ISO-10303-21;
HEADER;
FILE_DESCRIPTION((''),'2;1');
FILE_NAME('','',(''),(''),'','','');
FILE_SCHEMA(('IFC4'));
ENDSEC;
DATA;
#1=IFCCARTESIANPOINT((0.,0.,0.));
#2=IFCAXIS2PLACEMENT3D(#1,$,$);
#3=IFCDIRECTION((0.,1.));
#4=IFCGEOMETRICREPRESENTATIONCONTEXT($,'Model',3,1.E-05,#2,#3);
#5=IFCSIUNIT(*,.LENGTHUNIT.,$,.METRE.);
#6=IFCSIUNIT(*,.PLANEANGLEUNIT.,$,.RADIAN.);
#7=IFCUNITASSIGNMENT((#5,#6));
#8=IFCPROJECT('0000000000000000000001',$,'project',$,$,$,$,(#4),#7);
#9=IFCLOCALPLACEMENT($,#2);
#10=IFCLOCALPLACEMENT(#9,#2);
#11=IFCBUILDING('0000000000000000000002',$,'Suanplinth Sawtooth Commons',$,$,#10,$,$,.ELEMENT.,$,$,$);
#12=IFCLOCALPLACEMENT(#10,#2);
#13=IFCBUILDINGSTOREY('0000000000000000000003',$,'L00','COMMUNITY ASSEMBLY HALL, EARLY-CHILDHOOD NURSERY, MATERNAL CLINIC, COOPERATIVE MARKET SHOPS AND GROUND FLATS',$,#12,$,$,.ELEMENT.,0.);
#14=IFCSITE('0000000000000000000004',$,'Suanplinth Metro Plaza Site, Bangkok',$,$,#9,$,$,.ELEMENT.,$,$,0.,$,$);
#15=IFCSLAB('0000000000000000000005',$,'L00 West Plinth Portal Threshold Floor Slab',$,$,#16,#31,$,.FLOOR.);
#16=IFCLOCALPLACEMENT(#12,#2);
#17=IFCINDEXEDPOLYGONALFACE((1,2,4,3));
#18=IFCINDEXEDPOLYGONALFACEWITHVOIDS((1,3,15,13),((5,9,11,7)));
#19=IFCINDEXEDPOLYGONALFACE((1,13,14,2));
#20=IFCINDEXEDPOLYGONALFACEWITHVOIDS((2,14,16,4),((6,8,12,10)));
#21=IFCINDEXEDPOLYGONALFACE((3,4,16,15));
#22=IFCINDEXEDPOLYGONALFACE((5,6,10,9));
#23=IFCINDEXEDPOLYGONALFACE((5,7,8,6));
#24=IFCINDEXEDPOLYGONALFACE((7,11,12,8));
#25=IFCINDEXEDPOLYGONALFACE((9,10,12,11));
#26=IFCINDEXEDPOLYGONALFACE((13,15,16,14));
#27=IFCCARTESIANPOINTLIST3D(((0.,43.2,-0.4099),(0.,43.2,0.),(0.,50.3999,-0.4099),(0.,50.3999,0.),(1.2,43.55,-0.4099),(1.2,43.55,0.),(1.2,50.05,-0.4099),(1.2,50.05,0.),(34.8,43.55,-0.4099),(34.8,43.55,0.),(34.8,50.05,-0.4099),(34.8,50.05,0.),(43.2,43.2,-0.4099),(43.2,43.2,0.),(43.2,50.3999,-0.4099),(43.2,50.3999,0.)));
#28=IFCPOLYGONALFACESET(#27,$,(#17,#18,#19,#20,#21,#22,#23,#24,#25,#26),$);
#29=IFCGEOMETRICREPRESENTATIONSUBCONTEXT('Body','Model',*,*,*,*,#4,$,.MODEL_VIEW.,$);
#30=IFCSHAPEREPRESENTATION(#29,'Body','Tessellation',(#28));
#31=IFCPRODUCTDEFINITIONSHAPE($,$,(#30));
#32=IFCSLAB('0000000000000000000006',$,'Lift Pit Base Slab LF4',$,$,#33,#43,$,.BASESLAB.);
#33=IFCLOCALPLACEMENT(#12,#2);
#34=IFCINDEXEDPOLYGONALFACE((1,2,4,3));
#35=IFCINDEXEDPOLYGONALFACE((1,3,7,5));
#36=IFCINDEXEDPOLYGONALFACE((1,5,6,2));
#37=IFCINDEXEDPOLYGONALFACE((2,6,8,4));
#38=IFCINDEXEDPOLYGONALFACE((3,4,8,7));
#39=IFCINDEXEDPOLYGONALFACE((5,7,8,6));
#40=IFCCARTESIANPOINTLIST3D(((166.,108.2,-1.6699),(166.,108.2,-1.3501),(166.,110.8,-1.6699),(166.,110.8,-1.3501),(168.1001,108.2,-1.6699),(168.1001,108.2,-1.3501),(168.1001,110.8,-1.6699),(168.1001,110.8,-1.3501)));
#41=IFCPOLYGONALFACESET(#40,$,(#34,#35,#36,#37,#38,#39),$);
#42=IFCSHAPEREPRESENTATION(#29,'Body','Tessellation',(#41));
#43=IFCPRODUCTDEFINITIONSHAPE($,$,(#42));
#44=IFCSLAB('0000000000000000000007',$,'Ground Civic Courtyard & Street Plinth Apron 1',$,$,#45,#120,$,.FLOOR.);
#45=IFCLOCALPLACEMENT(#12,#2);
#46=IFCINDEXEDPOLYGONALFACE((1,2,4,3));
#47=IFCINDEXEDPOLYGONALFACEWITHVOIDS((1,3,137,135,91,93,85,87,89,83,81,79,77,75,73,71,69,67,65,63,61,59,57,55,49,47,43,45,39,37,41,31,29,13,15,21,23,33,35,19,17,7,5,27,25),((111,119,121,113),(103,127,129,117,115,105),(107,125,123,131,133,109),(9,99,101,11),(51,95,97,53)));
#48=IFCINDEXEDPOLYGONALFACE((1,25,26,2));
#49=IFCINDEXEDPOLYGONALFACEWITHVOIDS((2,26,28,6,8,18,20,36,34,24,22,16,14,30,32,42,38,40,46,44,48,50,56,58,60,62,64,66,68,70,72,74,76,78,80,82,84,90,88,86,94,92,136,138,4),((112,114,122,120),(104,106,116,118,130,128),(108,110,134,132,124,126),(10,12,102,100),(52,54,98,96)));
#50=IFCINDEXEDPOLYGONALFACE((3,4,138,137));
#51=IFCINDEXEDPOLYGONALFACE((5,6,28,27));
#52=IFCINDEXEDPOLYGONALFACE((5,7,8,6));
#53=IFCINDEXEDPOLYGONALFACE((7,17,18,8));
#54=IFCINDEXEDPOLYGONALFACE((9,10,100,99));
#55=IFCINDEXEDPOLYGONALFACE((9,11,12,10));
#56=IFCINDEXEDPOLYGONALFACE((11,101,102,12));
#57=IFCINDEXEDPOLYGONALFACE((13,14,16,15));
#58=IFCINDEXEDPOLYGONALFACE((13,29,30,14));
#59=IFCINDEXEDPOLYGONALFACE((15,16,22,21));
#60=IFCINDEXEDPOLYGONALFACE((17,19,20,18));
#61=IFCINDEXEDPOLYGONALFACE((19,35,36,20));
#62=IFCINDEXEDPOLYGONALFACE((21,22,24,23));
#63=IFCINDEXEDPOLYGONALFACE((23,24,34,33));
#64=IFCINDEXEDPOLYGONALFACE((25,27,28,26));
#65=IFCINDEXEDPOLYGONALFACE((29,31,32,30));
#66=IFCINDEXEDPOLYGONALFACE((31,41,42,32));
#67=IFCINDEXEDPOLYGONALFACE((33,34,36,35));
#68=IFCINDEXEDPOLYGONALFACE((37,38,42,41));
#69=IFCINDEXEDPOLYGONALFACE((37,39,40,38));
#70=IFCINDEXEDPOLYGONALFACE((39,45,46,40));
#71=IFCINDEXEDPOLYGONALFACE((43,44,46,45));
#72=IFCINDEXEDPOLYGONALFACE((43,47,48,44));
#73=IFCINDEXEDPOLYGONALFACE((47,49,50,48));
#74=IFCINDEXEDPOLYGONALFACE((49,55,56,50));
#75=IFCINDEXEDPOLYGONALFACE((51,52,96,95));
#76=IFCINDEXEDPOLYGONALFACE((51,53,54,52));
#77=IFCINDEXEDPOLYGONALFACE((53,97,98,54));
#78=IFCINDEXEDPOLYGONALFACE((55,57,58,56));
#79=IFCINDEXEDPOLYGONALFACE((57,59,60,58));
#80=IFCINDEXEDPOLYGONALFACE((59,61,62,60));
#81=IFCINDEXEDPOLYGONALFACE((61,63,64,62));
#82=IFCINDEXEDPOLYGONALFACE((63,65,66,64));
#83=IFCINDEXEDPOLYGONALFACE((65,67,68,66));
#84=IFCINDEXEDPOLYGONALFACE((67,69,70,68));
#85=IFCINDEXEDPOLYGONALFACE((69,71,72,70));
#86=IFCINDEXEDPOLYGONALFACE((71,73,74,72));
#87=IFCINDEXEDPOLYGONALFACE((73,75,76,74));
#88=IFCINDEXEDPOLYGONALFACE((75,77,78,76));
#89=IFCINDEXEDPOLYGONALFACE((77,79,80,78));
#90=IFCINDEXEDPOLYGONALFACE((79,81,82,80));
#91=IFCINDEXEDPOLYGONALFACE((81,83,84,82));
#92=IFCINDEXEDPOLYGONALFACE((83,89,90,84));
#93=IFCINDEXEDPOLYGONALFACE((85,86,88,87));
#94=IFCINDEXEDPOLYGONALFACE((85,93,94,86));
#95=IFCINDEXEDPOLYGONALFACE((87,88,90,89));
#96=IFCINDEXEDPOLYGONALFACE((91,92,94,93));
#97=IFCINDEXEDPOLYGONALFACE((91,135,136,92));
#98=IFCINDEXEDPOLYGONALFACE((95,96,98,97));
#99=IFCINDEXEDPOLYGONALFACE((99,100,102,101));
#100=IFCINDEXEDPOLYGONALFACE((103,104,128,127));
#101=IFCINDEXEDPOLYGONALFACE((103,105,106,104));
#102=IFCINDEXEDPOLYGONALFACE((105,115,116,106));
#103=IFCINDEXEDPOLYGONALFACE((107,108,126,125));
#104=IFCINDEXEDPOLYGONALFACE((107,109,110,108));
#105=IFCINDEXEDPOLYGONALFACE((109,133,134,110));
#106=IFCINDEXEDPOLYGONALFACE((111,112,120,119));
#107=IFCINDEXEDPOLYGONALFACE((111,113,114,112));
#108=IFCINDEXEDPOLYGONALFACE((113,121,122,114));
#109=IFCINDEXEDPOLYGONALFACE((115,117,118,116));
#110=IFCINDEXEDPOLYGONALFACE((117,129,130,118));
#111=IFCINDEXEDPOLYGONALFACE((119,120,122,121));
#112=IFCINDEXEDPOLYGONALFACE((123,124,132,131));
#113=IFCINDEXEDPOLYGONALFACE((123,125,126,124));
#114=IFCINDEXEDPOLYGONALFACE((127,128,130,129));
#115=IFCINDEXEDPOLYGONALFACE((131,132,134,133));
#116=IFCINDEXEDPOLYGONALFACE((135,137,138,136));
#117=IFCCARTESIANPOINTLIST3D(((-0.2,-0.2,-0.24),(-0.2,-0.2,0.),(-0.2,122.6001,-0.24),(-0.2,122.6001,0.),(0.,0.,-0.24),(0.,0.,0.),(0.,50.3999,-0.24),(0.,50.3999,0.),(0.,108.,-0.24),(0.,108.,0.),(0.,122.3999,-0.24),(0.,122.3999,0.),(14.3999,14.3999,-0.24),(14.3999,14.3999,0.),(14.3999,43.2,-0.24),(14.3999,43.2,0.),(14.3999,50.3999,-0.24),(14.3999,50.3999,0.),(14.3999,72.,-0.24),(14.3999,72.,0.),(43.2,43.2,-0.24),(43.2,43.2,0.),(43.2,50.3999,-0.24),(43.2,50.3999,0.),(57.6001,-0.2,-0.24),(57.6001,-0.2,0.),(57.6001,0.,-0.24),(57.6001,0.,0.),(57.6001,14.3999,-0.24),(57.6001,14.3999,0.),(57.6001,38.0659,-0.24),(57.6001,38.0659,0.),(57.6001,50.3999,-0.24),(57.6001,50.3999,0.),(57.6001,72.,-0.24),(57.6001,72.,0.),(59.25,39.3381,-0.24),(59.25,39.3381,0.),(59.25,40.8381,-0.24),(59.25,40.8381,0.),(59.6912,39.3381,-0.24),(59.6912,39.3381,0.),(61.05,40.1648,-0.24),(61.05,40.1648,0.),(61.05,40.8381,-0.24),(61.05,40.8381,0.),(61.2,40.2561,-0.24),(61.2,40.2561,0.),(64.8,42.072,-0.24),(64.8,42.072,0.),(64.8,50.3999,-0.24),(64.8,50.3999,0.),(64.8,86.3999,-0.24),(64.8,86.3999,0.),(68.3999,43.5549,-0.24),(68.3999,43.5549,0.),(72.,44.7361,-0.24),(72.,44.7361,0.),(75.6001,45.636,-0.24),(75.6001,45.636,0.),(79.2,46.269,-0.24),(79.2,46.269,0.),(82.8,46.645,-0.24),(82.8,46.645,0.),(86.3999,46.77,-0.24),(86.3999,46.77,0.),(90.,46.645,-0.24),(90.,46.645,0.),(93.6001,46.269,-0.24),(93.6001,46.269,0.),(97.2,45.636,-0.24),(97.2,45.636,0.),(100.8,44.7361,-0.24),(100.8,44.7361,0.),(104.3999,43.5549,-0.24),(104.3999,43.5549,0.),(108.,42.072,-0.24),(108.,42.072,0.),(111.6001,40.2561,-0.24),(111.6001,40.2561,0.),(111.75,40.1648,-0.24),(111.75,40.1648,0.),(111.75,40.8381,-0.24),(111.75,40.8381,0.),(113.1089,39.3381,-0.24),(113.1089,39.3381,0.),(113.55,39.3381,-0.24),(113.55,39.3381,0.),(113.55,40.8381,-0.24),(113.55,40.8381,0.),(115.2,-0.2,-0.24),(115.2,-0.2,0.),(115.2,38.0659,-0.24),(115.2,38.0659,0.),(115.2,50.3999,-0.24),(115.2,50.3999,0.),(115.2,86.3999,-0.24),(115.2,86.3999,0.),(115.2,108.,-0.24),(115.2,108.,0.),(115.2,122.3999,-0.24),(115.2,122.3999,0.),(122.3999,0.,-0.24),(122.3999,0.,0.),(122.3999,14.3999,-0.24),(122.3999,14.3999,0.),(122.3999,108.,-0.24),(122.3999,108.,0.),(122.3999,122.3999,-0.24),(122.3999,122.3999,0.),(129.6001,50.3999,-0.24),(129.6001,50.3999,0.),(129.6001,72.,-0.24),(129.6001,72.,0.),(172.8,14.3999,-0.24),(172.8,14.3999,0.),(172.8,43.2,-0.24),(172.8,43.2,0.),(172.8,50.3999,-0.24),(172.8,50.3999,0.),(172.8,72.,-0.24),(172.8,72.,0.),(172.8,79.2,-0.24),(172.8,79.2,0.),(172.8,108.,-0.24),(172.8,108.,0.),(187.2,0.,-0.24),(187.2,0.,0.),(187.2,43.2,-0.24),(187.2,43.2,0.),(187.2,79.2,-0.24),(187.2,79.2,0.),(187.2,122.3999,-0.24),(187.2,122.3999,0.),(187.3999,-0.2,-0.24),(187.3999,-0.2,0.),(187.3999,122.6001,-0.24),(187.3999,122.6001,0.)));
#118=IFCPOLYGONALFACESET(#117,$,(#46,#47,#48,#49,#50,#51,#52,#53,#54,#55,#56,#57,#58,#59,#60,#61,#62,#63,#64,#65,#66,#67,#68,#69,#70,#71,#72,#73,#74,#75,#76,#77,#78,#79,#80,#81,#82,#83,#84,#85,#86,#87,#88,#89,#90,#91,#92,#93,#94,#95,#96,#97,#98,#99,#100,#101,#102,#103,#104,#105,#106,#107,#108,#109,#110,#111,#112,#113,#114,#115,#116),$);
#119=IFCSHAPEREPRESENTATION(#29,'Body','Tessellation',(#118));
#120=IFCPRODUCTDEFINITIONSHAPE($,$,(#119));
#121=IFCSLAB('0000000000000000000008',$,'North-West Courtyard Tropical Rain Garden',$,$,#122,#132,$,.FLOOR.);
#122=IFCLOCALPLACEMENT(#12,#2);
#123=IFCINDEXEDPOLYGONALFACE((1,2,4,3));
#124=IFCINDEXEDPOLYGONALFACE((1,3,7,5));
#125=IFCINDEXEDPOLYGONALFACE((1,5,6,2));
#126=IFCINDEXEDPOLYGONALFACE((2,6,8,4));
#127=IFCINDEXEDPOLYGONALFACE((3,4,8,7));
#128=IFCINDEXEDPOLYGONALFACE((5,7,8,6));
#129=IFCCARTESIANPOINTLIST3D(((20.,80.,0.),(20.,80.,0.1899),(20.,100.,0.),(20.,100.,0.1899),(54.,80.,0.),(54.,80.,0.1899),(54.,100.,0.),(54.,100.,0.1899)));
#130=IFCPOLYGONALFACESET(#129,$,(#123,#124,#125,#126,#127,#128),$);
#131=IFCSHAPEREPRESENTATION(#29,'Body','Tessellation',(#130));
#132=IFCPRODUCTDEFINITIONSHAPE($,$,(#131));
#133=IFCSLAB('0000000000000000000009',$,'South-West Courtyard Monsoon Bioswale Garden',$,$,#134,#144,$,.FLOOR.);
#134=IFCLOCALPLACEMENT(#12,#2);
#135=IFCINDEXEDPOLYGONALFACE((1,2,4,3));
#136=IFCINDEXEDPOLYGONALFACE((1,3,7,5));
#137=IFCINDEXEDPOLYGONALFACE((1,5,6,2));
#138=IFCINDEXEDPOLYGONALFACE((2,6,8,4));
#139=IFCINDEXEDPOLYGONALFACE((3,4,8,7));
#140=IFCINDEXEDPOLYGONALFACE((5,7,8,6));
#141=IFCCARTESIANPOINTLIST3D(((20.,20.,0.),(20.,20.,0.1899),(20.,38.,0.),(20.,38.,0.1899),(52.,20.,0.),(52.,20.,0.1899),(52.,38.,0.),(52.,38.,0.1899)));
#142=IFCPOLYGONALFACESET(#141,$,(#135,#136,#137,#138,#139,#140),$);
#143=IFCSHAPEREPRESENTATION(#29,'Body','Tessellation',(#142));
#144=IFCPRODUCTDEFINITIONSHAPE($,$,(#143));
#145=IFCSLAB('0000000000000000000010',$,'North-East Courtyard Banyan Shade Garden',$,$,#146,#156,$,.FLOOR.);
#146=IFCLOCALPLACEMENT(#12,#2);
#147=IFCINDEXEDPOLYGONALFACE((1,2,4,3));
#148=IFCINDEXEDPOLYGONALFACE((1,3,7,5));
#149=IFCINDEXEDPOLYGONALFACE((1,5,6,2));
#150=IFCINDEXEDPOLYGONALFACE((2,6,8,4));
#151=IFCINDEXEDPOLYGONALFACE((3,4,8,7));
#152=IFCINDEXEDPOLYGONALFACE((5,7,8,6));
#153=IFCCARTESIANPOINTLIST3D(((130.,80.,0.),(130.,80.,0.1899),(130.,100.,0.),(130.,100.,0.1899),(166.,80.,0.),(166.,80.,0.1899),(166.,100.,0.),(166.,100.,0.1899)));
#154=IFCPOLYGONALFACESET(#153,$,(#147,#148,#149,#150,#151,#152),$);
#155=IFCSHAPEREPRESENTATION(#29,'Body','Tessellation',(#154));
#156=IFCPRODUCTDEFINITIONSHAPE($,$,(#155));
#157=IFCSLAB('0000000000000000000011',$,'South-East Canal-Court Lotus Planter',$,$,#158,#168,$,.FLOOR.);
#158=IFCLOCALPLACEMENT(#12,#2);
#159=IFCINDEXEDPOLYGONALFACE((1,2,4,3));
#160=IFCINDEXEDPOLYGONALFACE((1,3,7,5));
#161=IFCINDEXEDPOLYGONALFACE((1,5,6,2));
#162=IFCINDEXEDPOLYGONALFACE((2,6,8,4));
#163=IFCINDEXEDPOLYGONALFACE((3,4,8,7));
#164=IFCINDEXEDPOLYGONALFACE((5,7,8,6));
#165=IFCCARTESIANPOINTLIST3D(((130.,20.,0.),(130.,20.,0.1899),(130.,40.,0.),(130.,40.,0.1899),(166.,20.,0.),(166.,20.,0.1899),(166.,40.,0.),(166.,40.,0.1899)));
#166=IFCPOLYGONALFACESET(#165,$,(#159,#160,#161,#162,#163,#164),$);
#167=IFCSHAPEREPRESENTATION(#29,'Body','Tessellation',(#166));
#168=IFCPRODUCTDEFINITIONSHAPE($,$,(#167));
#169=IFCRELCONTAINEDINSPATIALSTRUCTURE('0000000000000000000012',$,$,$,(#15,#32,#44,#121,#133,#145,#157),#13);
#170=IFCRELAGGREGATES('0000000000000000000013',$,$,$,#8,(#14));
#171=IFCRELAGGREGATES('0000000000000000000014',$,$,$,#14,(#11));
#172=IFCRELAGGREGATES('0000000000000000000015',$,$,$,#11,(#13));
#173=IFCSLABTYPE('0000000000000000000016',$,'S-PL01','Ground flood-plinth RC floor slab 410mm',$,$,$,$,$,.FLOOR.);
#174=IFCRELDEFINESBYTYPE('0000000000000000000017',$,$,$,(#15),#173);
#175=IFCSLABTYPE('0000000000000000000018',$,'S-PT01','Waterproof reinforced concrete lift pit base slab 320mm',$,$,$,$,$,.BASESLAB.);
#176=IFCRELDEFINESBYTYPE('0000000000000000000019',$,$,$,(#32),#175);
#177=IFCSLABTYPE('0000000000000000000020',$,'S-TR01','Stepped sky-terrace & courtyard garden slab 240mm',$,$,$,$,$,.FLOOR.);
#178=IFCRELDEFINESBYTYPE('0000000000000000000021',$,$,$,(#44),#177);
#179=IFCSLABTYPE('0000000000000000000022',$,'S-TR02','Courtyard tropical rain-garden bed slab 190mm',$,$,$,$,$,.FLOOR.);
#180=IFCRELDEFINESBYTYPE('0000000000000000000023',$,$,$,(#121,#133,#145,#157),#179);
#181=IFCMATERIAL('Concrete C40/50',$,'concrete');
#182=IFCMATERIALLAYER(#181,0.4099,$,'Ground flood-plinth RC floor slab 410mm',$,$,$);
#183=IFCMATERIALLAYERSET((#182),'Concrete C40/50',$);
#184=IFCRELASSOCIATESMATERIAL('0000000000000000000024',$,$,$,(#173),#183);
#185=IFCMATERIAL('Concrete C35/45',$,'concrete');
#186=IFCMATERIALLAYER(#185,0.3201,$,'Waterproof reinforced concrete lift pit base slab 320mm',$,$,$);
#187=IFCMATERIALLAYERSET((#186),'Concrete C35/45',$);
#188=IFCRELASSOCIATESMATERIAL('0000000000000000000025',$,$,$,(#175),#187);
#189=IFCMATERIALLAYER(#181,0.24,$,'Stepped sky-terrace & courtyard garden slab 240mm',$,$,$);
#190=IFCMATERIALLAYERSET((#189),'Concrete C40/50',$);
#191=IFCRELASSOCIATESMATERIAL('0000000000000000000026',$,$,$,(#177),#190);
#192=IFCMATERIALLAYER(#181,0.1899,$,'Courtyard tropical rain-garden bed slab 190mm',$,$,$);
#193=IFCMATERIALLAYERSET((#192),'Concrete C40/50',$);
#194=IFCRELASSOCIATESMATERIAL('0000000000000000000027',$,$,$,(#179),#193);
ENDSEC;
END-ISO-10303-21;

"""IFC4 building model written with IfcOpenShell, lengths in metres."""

from ifc_helpers import new_model, si_unit, direction, frame, origin, place, context, subcontext, project, spatial, polyline, outline, extrude, material, layer, layer_set, type_object, element, save


model = new_model("IFC4")

# Units and contexts
model_context = context("Model", 3, precision=1e-05, world=origin(), true_north=direction((0.0, 1.0)))
body_context = subcontext(model_context, "Body", "Model", "MODEL_VIEW")
ifc_project = project(units=[si_unit("LENGTHUNIT", "METRE"), si_unit("PLANEANGLEUNIT", "RADIAN")], contexts=[model_context])

# Site, building, storey
site_placement = place(None, origin())
site = spatial("IfcSite", under=ifc_project, at=site_placement, Name="Suanplinth Metro Plaza Site, Bangkok", CompositionType="ELEMENT", RefElevation=0.0)
building_placement = place(site_placement, origin())
building = spatial("IfcBuilding", under=site, at=building_placement, Name="Suanplinth Sawtooth Commons", CompositionType="ELEMENT")
storey_placement = place(building_placement, origin())
storey = spatial("IfcBuildingStorey", under=building, at=storey_placement, Name="L00", Description="COMMUNITY ASSEMBLY HALL, EARLY-CHILDHOOD NURSERY, MATERNAL CLINIC, COOPERATIVE MARKET SHOPS AND GROUND FLATS", CompositionType="ELEMENT", Elevation=0.0)

# Shared definitions
ifc_material_1 = material(Name="Concrete C40/50", Category="concrete")

# Shared definitions
ifc_material_2 = material(Name="Concrete C35/45", Category="concrete")

# Slabs
ifc_layer_1 = layer(ifc_material_1, 0.4099, Name="Ground flood-plinth RC floor slab 410mm")
ifc_layer_set_1 = layer_set([ifc_layer_1], Name="Concrete C40/50")
slab_type_1 = type_object("IfcSlabType", Name="S-PL01", Description="Ground flood-plinth RC floor slab 410mm", PredefinedType="FLOOR", material=ifc_layer_set_1)
slab_1_placement = place(storey_placement, frame((0.0, 0.0, -0.4099)))
element("IfcSlab", 1, at=slab_1_placement, inside=storey, type_object=slab_type_1, Name="L00 West Plinth Portal Threshold Floor Slab", PredefinedType="FLOOR", context=body_context, shape_type="SweptSolid", body=[
    extrude(outline(polyline([(0.0, 43.2), (43.2, 43.2), (43.2, 50.3999), (0.0, 50.3999), (0.0, 43.2)]), holes=[polyline([(1.2, 43.55), (34.8, 43.55), (34.8, 50.05), (1.2, 50.05), (1.2, 43.55)])]), origin(), (0.0, 0.0, 1.0), 0.4099),
])
ifc_layer_2 = layer(ifc_material_2, 0.3201, Name="Waterproof reinforced concrete lift pit base slab 320mm")
ifc_layer_set_2 = layer_set([ifc_layer_2], Name="Concrete C35/45")
slab_type_2 = type_object("IfcSlabType", Name="S-PT01", Description="Waterproof reinforced concrete lift pit base slab 320mm", PredefinedType="BASESLAB", material=ifc_layer_set_2)
slab_2_placement = place(storey_placement, frame((0.0, 0.0, -1.6699)))
element("IfcSlab", 2, at=slab_2_placement, inside=storey, type_object=slab_type_2, Name="Lift Pit Base Slab LF4", PredefinedType="BASESLAB", context=body_context, shape_type="SweptSolid", body=[
    extrude(outline(polyline([(166.0, 108.2), (168.1001, 108.2), (168.1001, 110.8), (166.0, 110.8), (166.0, 108.2)])), origin(), (0.0, 0.0, 1.0), 0.3198),
])
ifc_layer_3 = layer(ifc_material_1, 0.24, Name="Stepped sky-terrace & courtyard garden slab 240mm")
ifc_layer_set_3 = layer_set([ifc_layer_3], Name="Concrete C40/50")
slab_type_3 = type_object("IfcSlabType", Name="S-TR01", Description="Stepped sky-terrace & courtyard garden slab 240mm", PredefinedType="FLOOR", material=ifc_layer_set_3)
slab_3_placement = place(storey_placement, frame((0.0, 0.0, -0.24)))
element("IfcSlab", 3, at=slab_3_placement, inside=storey, type_object=slab_type_3, Name="Ground Civic Courtyard & Street Plinth Apron 1", PredefinedType="FLOOR", context=body_context, shape_type="SweptSolid", body=[
    extrude(outline(polyline([(-0.2, -0.2), (-0.2, 122.6001), (187.3999, 122.6001), (187.3999, -0.2), (115.2, -0.2), (115.2, 38.0659), (113.1089, 39.3381), (113.55, 39.3381), (113.55, 40.8381), (111.75, 40.8381), (111.75, 40.1648), (111.6001, 40.2561), (108.0, 42.072), (104.3999, 43.5549), (100.8, 44.7361), (97.2, 45.636), (93.6001, 46.269), (90.0, 46.645), (86.3999, 46.77), (82.8, 46.645), (79.2, 46.269), (75.6001, 45.636), (72.0, 44.7361), (68.3999, 43.5549), (64.8, 42.072), (61.2, 40.2561), (61.05, 40.1648), (61.05, 40.8381), (59.25, 40.8381), (59.25, 39.3381), (59.6912, 39.3381), (57.6001, 38.0659), (57.6001, 14.3999), (14.3999, 14.3999), (14.3999, 43.2), (43.2, 43.2), (43.2, 50.3999), (57.6001, 50.3999), (57.6001, 72.0), (14.3999, 72.0), (14.3999, 50.3999), (0.0, 50.3999), (0.0, 0.0), (57.6001, 0.0), (57.6001, -0.2), (-0.2, -0.2)]), holes=[polyline([(115.2, 122.3999), (0.0, 122.3999), (0.0, 108.0), (115.2, 108.0), (115.2, 122.3999)]), polyline([(172.8, 14.3999), (122.3999, 14.3999), (122.3999, 0.0), (187.2, 0.0), (187.2, 43.2), (172.8, 43.2), (172.8, 14.3999)]), polyline([(129.6001, 72.0), (129.6001, 50.3999), (172.8, 50.3999), (172.8, 72.0), (129.6001, 72.0)]), polyline([(115.2, 86.3999), (64.8, 86.3999), (64.8, 50.3999), (115.2, 50.3999), (115.2, 86.3999)]), polyline([(187.2, 122.3999), (122.3999, 122.3999), (122.3999, 108.0), (172.8, 108.0), (172.8, 79.2), (187.2, 79.2), (187.2, 122.3999)])]), origin(), (0.0, 0.0, 1.0), 0.24),
])
ifc_layer_4 = layer(ifc_material_1, 0.1899, Name="Courtyard tropical rain-garden bed slab 190mm")
ifc_layer_set_4 = layer_set([ifc_layer_4], Name="Concrete C40/50")
slab_type_4 = type_object("IfcSlabType", Name="S-TR02", Description="Courtyard tropical rain-garden bed slab 190mm", PredefinedType="FLOOR", material=ifc_layer_set_4)
slab_4_placement = place(storey_placement, origin())
element("IfcSlab", 4, at=slab_4_placement, inside=storey, type_object=slab_type_4, Name="North-West Courtyard Tropical Rain Garden", PredefinedType="FLOOR", context=body_context, shape_type="SweptSolid", body=[
    extrude(outline(polyline([(20.0, 80.0), (54.0, 80.0), (54.0, 100.0), (20.0, 100.0), (20.0, 80.0)])), origin(), (0.0, 0.0, 1.0), 0.1899),
])
slab_5_placement = place(storey_placement, origin())
element("IfcSlab", 5, at=slab_5_placement, inside=storey, type_object=slab_type_4, Name="South-West Courtyard Monsoon Bioswale Garden", PredefinedType="FLOOR", context=body_context, shape_type="SweptSolid", body=[
    extrude(outline(polyline([(20.0, 20.0), (52.0, 20.0), (52.0, 38.0), (20.0, 38.0), (20.0, 20.0)])), origin(), (0.0, 0.0, 1.0), 0.1899),
])
slab_6_placement = place(storey_placement, origin())
element("IfcSlab", 6, at=slab_6_placement, inside=storey, type_object=slab_type_4, Name="North-East Courtyard Banyan Shade Garden", PredefinedType="FLOOR", context=body_context, shape_type="SweptSolid", body=[
    extrude(outline(polyline([(130.0, 80.0), (166.0, 80.0), (166.0, 100.0), (130.0, 100.0), (130.0, 80.0)])), origin(), (0.0, 0.0, 1.0), 0.1899),
])
slab_7_placement = place(storey_placement, origin())
element("IfcSlab", 7, at=slab_7_placement, inside=storey, type_object=slab_type_4, Name="South-East Canal-Court Lotus Planter", PredefinedType="FLOOR", context=body_context, shape_type="SweptSolid", body=[
    extrude(outline(polyline([(130.0, 20.0), (166.0, 20.0), (166.0, 40.0), (130.0, 40.0), (130.0, 20.0)])), origin(), (0.0, 0.0, 1.0), 0.1899),
])

save(model, "model.ifc")
